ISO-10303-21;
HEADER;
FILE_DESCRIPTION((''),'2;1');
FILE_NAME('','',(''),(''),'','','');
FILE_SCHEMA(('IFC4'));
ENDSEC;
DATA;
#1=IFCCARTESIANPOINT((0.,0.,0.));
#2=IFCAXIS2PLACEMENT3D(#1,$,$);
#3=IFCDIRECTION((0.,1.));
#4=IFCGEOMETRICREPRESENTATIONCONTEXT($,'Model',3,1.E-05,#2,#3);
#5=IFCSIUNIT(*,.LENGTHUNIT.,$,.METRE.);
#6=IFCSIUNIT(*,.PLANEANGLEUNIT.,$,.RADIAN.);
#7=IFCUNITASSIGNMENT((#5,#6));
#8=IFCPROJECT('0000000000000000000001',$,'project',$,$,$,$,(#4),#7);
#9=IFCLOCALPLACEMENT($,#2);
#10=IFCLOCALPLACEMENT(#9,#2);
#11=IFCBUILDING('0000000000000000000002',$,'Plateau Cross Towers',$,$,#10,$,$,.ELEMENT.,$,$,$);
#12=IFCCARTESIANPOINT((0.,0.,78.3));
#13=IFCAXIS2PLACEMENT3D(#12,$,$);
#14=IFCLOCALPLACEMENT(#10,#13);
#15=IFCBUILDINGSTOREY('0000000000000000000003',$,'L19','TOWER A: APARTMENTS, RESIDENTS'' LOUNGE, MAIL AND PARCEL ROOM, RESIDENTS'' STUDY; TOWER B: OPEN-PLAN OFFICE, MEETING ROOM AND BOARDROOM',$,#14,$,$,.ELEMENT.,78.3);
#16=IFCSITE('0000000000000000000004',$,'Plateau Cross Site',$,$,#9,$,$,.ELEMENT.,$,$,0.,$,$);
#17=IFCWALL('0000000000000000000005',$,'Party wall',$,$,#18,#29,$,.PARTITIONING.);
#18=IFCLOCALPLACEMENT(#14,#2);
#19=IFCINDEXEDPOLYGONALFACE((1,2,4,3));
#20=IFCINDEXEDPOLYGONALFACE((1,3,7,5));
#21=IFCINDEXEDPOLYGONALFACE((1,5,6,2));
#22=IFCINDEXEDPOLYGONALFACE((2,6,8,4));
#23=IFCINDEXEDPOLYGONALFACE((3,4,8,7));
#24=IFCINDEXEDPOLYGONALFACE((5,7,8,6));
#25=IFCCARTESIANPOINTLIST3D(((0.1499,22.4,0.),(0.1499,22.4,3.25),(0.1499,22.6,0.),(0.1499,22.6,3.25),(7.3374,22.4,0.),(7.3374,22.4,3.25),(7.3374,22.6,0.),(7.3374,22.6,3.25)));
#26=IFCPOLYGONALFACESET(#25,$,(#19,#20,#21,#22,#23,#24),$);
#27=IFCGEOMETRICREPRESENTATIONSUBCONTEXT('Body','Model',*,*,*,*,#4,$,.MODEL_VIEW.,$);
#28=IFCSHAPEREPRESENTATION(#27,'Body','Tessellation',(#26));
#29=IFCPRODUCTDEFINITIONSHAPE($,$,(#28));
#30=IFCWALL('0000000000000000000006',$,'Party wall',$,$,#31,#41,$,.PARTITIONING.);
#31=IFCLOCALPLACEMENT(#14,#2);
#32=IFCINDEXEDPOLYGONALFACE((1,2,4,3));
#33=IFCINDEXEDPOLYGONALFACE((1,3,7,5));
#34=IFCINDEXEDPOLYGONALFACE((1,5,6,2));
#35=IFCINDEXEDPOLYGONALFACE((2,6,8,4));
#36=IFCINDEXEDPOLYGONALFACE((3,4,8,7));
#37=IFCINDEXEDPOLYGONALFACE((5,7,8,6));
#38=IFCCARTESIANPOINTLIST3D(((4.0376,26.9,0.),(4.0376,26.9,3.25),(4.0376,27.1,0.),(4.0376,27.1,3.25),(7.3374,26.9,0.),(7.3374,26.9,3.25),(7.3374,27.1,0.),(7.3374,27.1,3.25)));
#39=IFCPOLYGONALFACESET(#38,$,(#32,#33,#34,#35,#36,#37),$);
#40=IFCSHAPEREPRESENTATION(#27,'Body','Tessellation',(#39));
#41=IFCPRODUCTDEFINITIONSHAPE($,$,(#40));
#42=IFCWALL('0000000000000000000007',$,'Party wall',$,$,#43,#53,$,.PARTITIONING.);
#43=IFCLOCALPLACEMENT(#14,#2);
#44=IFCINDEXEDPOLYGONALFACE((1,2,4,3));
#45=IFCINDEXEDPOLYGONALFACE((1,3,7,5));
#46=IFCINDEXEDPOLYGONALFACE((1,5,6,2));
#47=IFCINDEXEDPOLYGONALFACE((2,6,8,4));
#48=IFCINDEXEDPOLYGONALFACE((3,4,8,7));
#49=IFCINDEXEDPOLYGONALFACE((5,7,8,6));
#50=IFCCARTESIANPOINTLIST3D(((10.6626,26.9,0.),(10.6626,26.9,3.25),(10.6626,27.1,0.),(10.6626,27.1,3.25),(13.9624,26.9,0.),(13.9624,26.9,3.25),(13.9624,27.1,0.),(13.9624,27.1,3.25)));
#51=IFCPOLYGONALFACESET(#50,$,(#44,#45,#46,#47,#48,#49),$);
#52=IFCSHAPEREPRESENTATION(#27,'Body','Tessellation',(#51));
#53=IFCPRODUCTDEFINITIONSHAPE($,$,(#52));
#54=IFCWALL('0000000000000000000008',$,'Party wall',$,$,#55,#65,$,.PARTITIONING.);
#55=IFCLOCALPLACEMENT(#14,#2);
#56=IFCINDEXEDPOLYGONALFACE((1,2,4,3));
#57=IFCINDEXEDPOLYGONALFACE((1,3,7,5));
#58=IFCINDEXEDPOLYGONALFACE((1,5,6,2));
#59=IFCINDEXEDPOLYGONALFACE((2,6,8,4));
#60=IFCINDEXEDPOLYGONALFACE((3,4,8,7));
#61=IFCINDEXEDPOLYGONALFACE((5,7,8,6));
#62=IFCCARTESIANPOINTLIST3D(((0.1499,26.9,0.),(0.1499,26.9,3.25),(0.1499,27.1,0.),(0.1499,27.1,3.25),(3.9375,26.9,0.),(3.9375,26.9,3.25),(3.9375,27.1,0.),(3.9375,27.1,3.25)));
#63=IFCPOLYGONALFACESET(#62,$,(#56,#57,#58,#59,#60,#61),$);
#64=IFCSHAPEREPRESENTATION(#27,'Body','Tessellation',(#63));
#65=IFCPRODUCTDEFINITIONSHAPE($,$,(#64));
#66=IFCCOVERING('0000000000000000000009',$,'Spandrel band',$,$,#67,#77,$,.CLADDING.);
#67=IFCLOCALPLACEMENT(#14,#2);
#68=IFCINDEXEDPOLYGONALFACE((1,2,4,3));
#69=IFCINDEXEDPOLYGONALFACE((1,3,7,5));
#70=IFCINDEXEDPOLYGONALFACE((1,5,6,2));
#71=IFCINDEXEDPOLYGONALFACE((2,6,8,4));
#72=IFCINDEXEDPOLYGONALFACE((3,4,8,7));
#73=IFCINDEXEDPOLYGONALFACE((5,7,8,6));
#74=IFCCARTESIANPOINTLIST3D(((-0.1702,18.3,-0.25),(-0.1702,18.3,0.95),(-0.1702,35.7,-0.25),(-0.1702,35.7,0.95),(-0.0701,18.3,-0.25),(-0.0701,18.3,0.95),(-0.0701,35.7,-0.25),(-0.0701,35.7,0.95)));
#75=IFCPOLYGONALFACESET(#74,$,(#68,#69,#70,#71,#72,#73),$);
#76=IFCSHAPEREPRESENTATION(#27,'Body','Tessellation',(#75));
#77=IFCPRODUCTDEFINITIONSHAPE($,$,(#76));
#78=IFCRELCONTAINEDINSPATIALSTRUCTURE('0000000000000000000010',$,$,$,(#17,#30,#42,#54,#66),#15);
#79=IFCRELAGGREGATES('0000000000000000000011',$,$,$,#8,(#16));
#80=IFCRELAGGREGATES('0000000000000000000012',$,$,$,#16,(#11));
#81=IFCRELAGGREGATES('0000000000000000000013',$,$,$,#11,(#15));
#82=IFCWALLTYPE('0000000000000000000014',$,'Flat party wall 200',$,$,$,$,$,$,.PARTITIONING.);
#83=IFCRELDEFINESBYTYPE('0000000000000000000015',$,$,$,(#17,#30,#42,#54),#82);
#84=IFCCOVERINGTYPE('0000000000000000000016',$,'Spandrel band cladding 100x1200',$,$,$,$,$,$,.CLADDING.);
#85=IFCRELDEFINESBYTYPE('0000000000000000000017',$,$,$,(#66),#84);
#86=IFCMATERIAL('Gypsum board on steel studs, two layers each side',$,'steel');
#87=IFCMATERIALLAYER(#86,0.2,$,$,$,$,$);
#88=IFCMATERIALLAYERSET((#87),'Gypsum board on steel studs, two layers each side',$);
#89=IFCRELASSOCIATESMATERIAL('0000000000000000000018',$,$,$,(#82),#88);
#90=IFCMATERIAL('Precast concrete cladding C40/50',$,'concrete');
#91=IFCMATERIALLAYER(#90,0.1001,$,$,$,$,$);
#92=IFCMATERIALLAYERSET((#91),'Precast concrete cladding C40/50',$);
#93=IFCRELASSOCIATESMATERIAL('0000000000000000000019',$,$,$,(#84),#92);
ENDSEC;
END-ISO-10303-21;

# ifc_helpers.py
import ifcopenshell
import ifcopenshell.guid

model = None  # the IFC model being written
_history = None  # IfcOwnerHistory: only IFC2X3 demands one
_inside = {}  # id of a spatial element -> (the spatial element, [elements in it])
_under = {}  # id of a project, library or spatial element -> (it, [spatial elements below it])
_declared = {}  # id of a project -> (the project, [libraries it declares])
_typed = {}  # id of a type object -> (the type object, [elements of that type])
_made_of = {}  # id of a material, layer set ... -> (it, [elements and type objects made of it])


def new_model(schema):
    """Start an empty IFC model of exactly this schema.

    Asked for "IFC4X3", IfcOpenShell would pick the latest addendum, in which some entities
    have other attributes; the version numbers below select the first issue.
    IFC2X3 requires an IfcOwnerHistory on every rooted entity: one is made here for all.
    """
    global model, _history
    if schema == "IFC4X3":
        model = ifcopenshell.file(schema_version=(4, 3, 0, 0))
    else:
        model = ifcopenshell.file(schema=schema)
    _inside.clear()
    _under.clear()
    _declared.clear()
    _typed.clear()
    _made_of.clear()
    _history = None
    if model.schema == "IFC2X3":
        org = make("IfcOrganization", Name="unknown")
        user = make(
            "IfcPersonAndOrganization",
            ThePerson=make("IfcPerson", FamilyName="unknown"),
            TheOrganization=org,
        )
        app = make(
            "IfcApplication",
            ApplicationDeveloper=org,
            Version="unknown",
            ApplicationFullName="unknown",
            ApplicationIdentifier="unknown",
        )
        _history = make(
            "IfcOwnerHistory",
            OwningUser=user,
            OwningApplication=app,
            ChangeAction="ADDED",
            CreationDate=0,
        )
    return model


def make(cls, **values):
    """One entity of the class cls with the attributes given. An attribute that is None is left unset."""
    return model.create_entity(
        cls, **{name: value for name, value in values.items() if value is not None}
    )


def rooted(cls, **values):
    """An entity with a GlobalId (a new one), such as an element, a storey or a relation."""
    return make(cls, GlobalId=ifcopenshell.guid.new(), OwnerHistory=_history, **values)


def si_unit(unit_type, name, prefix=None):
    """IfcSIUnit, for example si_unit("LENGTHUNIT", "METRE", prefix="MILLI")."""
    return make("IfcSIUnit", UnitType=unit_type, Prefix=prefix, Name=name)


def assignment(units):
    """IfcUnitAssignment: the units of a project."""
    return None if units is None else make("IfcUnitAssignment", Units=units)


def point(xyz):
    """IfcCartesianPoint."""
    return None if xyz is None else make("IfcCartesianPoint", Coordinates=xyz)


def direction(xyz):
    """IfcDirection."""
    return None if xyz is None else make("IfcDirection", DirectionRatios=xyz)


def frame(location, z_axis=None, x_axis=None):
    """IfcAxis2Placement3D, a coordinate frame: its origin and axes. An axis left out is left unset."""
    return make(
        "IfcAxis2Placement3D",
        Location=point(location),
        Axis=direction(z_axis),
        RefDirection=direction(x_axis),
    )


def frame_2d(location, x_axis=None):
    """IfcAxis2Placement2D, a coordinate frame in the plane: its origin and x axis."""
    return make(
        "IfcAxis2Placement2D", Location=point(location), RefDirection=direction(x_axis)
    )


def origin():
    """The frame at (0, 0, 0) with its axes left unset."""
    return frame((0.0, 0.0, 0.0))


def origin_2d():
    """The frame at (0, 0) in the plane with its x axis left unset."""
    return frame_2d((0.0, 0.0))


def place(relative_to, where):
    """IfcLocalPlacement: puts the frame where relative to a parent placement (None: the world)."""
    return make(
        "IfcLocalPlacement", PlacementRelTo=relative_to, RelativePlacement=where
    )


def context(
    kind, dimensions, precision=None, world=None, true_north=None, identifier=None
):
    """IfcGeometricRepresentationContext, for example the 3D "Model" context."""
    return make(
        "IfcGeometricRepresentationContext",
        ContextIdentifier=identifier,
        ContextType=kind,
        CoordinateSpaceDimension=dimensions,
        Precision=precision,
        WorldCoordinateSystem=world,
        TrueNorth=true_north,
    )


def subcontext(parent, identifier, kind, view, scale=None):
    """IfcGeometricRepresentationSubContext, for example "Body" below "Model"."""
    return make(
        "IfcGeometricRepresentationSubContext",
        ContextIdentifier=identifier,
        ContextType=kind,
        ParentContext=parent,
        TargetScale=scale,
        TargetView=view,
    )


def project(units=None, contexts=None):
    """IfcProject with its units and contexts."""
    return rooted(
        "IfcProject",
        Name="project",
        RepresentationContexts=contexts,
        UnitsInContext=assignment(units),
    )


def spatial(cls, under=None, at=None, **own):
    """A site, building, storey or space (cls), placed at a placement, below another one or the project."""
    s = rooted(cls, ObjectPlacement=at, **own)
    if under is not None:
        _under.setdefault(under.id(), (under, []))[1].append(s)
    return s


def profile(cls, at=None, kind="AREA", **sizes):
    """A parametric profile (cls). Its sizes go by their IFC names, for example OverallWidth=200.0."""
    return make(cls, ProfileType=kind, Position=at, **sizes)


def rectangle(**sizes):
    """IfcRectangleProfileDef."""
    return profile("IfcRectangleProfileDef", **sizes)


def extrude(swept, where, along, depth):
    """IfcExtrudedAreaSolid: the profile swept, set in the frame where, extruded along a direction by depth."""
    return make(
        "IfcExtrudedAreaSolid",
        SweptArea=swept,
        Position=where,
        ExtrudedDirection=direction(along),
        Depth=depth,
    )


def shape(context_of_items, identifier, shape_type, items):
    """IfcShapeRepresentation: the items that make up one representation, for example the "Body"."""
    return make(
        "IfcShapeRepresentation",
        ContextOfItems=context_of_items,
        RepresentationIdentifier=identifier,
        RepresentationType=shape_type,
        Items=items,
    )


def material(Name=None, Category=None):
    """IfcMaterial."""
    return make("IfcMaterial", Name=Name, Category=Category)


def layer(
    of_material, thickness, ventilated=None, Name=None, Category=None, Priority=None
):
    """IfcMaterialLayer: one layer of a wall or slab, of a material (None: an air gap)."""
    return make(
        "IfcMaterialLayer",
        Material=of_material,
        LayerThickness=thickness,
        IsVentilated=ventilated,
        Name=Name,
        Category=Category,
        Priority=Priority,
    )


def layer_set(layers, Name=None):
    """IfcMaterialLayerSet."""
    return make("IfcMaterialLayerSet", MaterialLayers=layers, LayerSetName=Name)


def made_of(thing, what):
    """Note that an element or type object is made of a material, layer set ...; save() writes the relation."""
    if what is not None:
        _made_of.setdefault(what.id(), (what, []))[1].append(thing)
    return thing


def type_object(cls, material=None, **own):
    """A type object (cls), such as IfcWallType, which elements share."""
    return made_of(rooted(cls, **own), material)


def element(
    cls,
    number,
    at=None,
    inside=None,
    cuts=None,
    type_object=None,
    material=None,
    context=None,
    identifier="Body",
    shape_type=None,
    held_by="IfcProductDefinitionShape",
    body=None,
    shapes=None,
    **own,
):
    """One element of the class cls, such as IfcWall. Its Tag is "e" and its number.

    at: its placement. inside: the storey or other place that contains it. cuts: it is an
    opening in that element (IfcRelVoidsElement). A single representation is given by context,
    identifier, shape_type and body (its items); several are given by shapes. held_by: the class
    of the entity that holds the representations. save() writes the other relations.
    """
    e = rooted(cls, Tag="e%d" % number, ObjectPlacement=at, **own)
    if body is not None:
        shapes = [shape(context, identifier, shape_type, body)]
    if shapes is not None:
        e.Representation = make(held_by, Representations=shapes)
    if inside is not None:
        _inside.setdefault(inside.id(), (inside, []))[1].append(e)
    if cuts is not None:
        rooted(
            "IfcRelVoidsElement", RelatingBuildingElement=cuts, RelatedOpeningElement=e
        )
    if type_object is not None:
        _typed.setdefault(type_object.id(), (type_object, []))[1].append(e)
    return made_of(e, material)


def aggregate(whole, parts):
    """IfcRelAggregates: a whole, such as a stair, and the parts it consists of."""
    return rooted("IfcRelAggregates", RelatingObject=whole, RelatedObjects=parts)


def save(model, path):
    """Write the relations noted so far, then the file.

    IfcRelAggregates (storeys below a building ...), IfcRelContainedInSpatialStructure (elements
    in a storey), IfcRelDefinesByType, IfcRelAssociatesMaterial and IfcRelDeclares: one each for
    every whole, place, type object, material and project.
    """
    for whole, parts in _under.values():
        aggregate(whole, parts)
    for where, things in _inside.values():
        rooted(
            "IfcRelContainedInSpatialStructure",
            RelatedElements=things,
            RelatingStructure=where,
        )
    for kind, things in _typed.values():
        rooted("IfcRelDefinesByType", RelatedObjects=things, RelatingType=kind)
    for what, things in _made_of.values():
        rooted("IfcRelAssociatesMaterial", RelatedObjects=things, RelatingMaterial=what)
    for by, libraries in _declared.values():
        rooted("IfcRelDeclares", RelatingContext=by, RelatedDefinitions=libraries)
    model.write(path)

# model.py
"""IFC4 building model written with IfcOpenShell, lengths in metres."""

from ifc_helpers import new_model, si_unit, direction, frame, frame_2d, origin, origin_2d, place, context, subcontext, project, spatial, rectangle, extrude, material, layer, layer_set, type_object, element, save


model = new_model("IFC4")

# Units and contexts
model_context = context("Model", 3, precision=1e-05, world=origin(), true_north=direction((0.0, 1.0)))
body_context = subcontext(model_context, "Body", "Model", "MODEL_VIEW")
ifc_project = project(units=[si_unit("LENGTHUNIT", "METRE"), si_unit("PLANEANGLEUNIT", "RADIAN")], contexts=[model_context])

# Site, building, storey
site_placement = place(None, origin())
site = spatial("IfcSite", under=ifc_project, at=site_placement, Name="Plateau Cross Site", CompositionType="ELEMENT", RefElevation=0.0)
building_placement = place(site_placement, origin())
building = spatial("IfcBuilding", under=site, at=building_placement, Name="Plateau Cross Towers", CompositionType="ELEMENT")
storey_placement = place(building_placement, frame((0.0, 0.0, 78.3)))
storey = spatial("IfcBuildingStorey", under=building, at=storey_placement, Name="L19", Description="TOWER A: APARTMENTS, RESIDENTS' LOUNGE, MAIL AND PARCEL ROOM, RESIDENTS' STUDY; TOWER B: OPEN-PLAN OFFICE, MEETING ROOM AND BOARDROOM", CompositionType="ELEMENT", Elevation=78.3)

# Walls
ifc_material_1 = material(Name="Gypsum board on steel studs, two layers each side", Category="steel")
ifc_layer_1 = layer(ifc_material_1, 0.2)
ifc_layer_set_1 = layer_set([ifc_layer_1], Name="Gypsum board on steel studs, two layers each side")
wall_type_1 = type_object("IfcWallType", Name="Flat party wall 200", PredefinedType="PARTITIONING", material=ifc_layer_set_1)
wall_1_placement = place(storey_placement, frame((7.3374, 22.5, 0.0), z_axis=(0.0, 0.0, 1.0), x_axis=(-1.0, 0.0, 0.0)))
element("IfcWall", 1, at=wall_1_placement, inside=storey, type_object=wall_type_1, Name="Party wall", PredefinedType="PARTITIONING", context=body_context, shape_type="SweptSolid", body=[
    extrude(rectangle(XDim=7.1875, YDim=0.2, at=frame_2d((3.5938, 0.0))), origin(), (0.0, 0.0, 1.0), 3.25),
])
for number, where, z_axis, x_axis, name in (
    (2, (7.3374, 27.0, 0.0), (0.0, 0.0, 1.0), (-1.0, 0.0, 0.0), "Party wall"),
    (3, (13.9624, 27.0, 0.0), (0.0, 0.0, 1.0), (-1.0, 0.0, 0.0), "Party wall"),
):
    element("IfcWall", number, at=place(storey_placement, frame(where, z_axis=z_axis, x_axis=x_axis)), inside=storey, type_object=wall_type_1, Name=name, PredefinedType="PARTITIONING", context=body_context, shape_type="SweptSolid", body=[
        extrude(rectangle(XDim=3.2998, YDim=0.2, at=frame_2d((1.6499, 0.0))), origin(), (0.0, 0.0, 1.0), 3.25),
    ])
wall_2_placement = place(storey_placement, frame((0.1499, 27.0, 0.0), z_axis=(0.0, 0.0, 1.0), x_axis=(1.0, 0.0, 0.0)))
element("IfcWall", 4, at=wall_2_placement, inside=storey, type_object=wall_type_1, Name="Party wall", PredefinedType="PARTITIONING", context=body_context, shape_type="SweptSolid", body=[
    extrude(rectangle(XDim=3.7876, YDim=0.2, at=frame_2d((1.8938, 0.0))), origin(), (0.0, 0.0, 1.0), 3.25),
])

# Covering
ifc_material_2 = material(Name="Precast concrete cladding C40/50", Category="concrete")
ifc_layer_2 = layer(ifc_material_2, 0.1001)
ifc_layer_set_2 = layer_set([ifc_layer_2], Name="Precast concrete cladding C40/50")
covering_type = type_object("IfcCoveringType", Name="Spandrel band cladding 100x1200", PredefinedType="CLADDING", material=ifc_layer_set_2)
covering_placement = place(storey_placement, frame((-0.1201, 27.0, -0.25), z_axis=(0.0, 0.0, 1.0), x_axis=(0.0, -1.0, 0.0)))
element("IfcCovering", 5, at=covering_placement, inside=storey, type_object=covering_type, Name="Spandrel band", PredefinedType="CLADDING", context=body_context, shape_type="SweptSolid", body=[
    extrude(rectangle(XDim=17.3999, YDim=0.1001, at=origin_2d()), origin(), (0.0, 0.0, 1.0), 1.2),
])

save(model, "model.ifc")
